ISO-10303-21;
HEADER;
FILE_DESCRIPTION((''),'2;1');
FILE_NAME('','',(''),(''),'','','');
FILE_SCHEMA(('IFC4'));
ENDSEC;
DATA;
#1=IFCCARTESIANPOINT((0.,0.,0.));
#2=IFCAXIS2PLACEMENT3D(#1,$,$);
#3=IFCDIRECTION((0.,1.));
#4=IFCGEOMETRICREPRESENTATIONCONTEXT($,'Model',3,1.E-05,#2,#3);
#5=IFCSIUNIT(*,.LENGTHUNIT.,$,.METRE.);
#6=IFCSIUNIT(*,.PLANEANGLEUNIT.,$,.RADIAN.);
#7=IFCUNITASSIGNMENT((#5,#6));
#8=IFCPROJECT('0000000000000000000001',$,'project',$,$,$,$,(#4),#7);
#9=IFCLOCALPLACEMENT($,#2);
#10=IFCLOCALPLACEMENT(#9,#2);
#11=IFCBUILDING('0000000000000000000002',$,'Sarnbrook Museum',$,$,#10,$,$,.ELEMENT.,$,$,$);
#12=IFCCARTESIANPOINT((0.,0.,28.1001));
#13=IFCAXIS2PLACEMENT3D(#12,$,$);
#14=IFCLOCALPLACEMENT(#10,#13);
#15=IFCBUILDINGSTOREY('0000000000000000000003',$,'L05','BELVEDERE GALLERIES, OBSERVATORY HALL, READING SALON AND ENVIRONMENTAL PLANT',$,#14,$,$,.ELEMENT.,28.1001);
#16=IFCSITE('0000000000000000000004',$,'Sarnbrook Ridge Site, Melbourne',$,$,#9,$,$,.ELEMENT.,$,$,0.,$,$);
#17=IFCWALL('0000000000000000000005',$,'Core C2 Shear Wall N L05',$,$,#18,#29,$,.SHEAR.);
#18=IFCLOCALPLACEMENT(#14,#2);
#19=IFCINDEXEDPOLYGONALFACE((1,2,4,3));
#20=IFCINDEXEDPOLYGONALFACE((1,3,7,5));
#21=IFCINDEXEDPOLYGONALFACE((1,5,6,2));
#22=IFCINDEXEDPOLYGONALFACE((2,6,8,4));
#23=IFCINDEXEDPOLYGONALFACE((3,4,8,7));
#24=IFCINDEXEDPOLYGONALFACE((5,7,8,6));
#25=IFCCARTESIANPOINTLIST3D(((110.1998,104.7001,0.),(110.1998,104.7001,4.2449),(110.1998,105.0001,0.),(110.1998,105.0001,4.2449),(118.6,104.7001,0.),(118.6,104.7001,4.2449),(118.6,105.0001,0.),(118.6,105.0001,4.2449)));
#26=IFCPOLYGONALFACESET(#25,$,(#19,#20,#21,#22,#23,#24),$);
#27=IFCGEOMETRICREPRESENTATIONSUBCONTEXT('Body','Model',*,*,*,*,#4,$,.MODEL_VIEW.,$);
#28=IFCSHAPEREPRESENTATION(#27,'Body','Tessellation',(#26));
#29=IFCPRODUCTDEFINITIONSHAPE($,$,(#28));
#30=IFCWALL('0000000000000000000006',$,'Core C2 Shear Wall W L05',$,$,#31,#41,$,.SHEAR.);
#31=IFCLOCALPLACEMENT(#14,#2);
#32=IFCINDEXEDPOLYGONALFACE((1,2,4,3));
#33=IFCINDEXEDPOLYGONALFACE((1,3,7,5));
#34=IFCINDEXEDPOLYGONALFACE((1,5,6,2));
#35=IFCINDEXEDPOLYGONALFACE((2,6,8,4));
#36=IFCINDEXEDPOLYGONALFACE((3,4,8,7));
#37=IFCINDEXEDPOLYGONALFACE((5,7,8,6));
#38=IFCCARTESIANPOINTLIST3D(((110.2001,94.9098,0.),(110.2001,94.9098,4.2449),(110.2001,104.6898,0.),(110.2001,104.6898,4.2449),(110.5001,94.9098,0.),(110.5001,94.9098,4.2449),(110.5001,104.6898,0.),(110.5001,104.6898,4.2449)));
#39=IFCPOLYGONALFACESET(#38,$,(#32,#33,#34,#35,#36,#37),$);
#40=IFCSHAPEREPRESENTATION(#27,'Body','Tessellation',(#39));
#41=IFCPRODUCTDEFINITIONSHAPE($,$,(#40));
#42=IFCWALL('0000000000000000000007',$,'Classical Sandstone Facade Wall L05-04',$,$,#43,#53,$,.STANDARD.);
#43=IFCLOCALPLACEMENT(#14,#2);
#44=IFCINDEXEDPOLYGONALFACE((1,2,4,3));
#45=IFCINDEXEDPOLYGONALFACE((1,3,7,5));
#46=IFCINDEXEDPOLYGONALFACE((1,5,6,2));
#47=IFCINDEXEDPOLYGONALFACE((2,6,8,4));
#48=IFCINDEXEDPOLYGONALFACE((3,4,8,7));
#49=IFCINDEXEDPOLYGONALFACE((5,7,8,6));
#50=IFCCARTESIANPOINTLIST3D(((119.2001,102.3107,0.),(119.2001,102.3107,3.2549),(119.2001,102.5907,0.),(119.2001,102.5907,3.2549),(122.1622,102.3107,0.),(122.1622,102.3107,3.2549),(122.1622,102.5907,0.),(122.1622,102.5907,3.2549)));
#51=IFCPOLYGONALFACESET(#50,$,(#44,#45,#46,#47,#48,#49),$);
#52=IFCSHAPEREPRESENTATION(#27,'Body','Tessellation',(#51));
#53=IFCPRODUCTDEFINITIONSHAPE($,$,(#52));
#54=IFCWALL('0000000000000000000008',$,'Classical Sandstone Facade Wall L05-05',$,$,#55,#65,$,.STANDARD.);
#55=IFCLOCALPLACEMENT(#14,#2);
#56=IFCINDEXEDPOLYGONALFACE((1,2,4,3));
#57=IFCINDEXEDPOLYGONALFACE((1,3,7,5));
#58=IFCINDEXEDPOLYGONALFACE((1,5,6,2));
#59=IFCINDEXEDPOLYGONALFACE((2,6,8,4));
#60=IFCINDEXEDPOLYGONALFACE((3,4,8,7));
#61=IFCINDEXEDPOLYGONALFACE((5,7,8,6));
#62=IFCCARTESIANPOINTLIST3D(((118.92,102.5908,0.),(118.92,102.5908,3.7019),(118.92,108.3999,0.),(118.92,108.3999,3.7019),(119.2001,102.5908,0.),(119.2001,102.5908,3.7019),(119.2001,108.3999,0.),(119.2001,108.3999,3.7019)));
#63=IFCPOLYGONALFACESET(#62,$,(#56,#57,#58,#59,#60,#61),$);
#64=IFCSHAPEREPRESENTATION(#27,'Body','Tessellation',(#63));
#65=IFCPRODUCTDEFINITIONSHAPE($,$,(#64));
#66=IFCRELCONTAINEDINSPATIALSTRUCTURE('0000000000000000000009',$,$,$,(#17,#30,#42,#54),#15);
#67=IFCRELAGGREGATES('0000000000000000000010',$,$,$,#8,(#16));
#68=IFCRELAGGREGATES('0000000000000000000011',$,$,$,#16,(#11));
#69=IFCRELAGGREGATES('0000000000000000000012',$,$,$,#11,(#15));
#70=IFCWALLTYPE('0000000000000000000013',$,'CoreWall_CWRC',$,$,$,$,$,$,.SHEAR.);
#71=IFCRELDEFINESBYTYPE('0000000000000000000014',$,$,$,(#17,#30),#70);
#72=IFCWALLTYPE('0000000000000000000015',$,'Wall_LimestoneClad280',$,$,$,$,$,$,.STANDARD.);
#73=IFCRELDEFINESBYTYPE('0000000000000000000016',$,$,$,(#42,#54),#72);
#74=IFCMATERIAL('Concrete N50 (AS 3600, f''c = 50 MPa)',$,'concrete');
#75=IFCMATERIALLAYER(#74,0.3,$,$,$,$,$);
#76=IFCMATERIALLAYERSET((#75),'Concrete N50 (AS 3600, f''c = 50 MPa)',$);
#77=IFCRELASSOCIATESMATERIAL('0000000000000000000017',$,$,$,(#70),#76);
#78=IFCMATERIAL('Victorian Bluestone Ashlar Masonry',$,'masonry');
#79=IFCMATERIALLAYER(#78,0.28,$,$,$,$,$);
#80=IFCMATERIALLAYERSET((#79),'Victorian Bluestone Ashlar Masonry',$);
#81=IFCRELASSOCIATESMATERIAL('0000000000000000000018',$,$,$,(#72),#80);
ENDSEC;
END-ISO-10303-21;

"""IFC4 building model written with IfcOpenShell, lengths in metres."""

from ifc_helpers import new_model, si_unit, direction, frame, frame_2d, origin, place, context, subcontext, project, spatial, rectangle, extrude, material, layer, layer_set, type_object, element, save


model = new_model("IFC4")

# Units and contexts
model_context = context("Model", 3, precision=1e-05, world=origin(), true_north=direction((0.0, 1.0)))
body_context = subcontext(model_context, "Body", "Model", "MODEL_VIEW")
ifc_project = project(units=[si_unit("LENGTHUNIT", "METRE"), si_unit("PLANEANGLEUNIT", "RADIAN")], contexts=[model_context])

# Site, building, storey
site_placement = place(None, origin())
site = spatial("IfcSite", under=ifc_project, at=site_placement, Name="Sarnbrook Ridge Site, Melbourne", CompositionType="ELEMENT", RefElevation=0.0)
building_placement = place(site_placement, origin())
building = spatial("IfcBuilding", under=site, at=building_placement, Name="Sarnbrook Museum", CompositionType="ELEMENT")
storey_placement = place(building_placement, frame((0.0, 0.0, 28.1001)))
storey = spatial("IfcBuildingStorey", under=building, at=storey_placement, Name="L05", Description="BELVEDERE GALLERIES, OBSERVATORY HALL, READING SALON AND ENVIRONMENTAL PLANT", CompositionType="ELEMENT", Elevation=28.1001)

# Walls
ifc_material_1 = material(Name="Concrete N50 (AS 3600, f'c = 50 MPa)", Category="concrete")
ifc_layer_1 = layer(ifc_material_1, 0.3)
ifc_layer_set_1 = layer_set([ifc_layer_1], Name="Concrete N50 (AS 3600, f'c = 50 MPa)")
wall_type_1 = type_object("IfcWallType", Name="CoreWall_CWRC", PredefinedType="SHEAR", material=ifc_layer_set_1)
wall_1_placement = place(storey_placement, frame((118.6001, 104.8501, 0.0), z_axis=(0.0, 0.0, 1.0), x_axis=(-1.0, 0.0, 0.0)))
element("IfcWall", 1, at=wall_1_placement, inside=storey, type_object=wall_type_1, Name="Core C2 Shear Wall N L05", PredefinedType="SHEAR", context=body_context, shape_type="SweptSolid", body=[
    extrude(rectangle(XDim=8.4001, YDim=0.3, at=frame_2d((4.2002, 0.0))), origin(), (0.0, 0.0, 1.0), 4.2449),
])
wall_2_placement = place(storey_placement, frame((110.3501, 104.6899, 0.0), z_axis=(0.0, 0.0, 1.0), x_axis=(0.0, -1.0, 0.0)))
element("IfcWall", 2, at=wall_2_placement, inside=storey, type_object=wall_type_1, Name="Core C2 Shear Wall W L05", PredefinedType="SHEAR", context=body_context, shape_type="SweptSolid", body=[
    extrude(rectangle(XDim=9.78, YDim=0.3, at=frame_2d((4.8901, 0.0))), origin(), (0.0, 0.0, 1.0), 4.2449),
])
ifc_material_2 = material(Name="Victorian Bluestone Ashlar Masonry", Category="masonry")
ifc_layer_2 = layer(ifc_material_2, 0.28)
ifc_layer_set_2 = layer_set([ifc_layer_2], Name="Victorian Bluestone Ashlar Masonry")
wall_type_2 = type_object("IfcWallType", Name="Wall_LimestoneClad280", PredefinedType="STANDARD", material=ifc_layer_set_2)
wall_3_placement = place(storey_placement, frame((122.1621, 102.4507, 0.0), z_axis=(0.0, 0.0, 1.0), x_axis=(-1.0, 0.0, 0.0)))
element("IfcWall", 3, at=wall_3_placement, inside=storey, type_object=wall_type_2, Name="Classical Sandstone Facade Wall L05-04", PredefinedType="STANDARD", context=body_context, shape_type="SweptSolid", body=[
    extrude(rectangle(XDim=2.9622, YDim=0.28, at=frame_2d((1.481, 0.0))), origin(), (0.0, 0.0, 1.0), 3.2549),
])
wall_4_placement = place(storey_placement, frame((119.0601, 102.5908, 0.0), z_axis=(0.0, 0.0, 1.0), x_axis=(0.0, 1.0, 0.0)))
element("IfcWall", 4, at=wall_4_placement, inside=storey, type_object=wall_type_2, Name="Classical Sandstone Facade Wall L05-05", PredefinedType="STANDARD", context=body_context, shape_type="SweptSolid", body=[
    extrude(rectangle(XDim=5.8091, YDim=0.28, at=frame_2d((2.9045, 0.0))), origin(), (0.0, 0.0, 1.0), 3.7019),
])

save(model, "model.ifc")
